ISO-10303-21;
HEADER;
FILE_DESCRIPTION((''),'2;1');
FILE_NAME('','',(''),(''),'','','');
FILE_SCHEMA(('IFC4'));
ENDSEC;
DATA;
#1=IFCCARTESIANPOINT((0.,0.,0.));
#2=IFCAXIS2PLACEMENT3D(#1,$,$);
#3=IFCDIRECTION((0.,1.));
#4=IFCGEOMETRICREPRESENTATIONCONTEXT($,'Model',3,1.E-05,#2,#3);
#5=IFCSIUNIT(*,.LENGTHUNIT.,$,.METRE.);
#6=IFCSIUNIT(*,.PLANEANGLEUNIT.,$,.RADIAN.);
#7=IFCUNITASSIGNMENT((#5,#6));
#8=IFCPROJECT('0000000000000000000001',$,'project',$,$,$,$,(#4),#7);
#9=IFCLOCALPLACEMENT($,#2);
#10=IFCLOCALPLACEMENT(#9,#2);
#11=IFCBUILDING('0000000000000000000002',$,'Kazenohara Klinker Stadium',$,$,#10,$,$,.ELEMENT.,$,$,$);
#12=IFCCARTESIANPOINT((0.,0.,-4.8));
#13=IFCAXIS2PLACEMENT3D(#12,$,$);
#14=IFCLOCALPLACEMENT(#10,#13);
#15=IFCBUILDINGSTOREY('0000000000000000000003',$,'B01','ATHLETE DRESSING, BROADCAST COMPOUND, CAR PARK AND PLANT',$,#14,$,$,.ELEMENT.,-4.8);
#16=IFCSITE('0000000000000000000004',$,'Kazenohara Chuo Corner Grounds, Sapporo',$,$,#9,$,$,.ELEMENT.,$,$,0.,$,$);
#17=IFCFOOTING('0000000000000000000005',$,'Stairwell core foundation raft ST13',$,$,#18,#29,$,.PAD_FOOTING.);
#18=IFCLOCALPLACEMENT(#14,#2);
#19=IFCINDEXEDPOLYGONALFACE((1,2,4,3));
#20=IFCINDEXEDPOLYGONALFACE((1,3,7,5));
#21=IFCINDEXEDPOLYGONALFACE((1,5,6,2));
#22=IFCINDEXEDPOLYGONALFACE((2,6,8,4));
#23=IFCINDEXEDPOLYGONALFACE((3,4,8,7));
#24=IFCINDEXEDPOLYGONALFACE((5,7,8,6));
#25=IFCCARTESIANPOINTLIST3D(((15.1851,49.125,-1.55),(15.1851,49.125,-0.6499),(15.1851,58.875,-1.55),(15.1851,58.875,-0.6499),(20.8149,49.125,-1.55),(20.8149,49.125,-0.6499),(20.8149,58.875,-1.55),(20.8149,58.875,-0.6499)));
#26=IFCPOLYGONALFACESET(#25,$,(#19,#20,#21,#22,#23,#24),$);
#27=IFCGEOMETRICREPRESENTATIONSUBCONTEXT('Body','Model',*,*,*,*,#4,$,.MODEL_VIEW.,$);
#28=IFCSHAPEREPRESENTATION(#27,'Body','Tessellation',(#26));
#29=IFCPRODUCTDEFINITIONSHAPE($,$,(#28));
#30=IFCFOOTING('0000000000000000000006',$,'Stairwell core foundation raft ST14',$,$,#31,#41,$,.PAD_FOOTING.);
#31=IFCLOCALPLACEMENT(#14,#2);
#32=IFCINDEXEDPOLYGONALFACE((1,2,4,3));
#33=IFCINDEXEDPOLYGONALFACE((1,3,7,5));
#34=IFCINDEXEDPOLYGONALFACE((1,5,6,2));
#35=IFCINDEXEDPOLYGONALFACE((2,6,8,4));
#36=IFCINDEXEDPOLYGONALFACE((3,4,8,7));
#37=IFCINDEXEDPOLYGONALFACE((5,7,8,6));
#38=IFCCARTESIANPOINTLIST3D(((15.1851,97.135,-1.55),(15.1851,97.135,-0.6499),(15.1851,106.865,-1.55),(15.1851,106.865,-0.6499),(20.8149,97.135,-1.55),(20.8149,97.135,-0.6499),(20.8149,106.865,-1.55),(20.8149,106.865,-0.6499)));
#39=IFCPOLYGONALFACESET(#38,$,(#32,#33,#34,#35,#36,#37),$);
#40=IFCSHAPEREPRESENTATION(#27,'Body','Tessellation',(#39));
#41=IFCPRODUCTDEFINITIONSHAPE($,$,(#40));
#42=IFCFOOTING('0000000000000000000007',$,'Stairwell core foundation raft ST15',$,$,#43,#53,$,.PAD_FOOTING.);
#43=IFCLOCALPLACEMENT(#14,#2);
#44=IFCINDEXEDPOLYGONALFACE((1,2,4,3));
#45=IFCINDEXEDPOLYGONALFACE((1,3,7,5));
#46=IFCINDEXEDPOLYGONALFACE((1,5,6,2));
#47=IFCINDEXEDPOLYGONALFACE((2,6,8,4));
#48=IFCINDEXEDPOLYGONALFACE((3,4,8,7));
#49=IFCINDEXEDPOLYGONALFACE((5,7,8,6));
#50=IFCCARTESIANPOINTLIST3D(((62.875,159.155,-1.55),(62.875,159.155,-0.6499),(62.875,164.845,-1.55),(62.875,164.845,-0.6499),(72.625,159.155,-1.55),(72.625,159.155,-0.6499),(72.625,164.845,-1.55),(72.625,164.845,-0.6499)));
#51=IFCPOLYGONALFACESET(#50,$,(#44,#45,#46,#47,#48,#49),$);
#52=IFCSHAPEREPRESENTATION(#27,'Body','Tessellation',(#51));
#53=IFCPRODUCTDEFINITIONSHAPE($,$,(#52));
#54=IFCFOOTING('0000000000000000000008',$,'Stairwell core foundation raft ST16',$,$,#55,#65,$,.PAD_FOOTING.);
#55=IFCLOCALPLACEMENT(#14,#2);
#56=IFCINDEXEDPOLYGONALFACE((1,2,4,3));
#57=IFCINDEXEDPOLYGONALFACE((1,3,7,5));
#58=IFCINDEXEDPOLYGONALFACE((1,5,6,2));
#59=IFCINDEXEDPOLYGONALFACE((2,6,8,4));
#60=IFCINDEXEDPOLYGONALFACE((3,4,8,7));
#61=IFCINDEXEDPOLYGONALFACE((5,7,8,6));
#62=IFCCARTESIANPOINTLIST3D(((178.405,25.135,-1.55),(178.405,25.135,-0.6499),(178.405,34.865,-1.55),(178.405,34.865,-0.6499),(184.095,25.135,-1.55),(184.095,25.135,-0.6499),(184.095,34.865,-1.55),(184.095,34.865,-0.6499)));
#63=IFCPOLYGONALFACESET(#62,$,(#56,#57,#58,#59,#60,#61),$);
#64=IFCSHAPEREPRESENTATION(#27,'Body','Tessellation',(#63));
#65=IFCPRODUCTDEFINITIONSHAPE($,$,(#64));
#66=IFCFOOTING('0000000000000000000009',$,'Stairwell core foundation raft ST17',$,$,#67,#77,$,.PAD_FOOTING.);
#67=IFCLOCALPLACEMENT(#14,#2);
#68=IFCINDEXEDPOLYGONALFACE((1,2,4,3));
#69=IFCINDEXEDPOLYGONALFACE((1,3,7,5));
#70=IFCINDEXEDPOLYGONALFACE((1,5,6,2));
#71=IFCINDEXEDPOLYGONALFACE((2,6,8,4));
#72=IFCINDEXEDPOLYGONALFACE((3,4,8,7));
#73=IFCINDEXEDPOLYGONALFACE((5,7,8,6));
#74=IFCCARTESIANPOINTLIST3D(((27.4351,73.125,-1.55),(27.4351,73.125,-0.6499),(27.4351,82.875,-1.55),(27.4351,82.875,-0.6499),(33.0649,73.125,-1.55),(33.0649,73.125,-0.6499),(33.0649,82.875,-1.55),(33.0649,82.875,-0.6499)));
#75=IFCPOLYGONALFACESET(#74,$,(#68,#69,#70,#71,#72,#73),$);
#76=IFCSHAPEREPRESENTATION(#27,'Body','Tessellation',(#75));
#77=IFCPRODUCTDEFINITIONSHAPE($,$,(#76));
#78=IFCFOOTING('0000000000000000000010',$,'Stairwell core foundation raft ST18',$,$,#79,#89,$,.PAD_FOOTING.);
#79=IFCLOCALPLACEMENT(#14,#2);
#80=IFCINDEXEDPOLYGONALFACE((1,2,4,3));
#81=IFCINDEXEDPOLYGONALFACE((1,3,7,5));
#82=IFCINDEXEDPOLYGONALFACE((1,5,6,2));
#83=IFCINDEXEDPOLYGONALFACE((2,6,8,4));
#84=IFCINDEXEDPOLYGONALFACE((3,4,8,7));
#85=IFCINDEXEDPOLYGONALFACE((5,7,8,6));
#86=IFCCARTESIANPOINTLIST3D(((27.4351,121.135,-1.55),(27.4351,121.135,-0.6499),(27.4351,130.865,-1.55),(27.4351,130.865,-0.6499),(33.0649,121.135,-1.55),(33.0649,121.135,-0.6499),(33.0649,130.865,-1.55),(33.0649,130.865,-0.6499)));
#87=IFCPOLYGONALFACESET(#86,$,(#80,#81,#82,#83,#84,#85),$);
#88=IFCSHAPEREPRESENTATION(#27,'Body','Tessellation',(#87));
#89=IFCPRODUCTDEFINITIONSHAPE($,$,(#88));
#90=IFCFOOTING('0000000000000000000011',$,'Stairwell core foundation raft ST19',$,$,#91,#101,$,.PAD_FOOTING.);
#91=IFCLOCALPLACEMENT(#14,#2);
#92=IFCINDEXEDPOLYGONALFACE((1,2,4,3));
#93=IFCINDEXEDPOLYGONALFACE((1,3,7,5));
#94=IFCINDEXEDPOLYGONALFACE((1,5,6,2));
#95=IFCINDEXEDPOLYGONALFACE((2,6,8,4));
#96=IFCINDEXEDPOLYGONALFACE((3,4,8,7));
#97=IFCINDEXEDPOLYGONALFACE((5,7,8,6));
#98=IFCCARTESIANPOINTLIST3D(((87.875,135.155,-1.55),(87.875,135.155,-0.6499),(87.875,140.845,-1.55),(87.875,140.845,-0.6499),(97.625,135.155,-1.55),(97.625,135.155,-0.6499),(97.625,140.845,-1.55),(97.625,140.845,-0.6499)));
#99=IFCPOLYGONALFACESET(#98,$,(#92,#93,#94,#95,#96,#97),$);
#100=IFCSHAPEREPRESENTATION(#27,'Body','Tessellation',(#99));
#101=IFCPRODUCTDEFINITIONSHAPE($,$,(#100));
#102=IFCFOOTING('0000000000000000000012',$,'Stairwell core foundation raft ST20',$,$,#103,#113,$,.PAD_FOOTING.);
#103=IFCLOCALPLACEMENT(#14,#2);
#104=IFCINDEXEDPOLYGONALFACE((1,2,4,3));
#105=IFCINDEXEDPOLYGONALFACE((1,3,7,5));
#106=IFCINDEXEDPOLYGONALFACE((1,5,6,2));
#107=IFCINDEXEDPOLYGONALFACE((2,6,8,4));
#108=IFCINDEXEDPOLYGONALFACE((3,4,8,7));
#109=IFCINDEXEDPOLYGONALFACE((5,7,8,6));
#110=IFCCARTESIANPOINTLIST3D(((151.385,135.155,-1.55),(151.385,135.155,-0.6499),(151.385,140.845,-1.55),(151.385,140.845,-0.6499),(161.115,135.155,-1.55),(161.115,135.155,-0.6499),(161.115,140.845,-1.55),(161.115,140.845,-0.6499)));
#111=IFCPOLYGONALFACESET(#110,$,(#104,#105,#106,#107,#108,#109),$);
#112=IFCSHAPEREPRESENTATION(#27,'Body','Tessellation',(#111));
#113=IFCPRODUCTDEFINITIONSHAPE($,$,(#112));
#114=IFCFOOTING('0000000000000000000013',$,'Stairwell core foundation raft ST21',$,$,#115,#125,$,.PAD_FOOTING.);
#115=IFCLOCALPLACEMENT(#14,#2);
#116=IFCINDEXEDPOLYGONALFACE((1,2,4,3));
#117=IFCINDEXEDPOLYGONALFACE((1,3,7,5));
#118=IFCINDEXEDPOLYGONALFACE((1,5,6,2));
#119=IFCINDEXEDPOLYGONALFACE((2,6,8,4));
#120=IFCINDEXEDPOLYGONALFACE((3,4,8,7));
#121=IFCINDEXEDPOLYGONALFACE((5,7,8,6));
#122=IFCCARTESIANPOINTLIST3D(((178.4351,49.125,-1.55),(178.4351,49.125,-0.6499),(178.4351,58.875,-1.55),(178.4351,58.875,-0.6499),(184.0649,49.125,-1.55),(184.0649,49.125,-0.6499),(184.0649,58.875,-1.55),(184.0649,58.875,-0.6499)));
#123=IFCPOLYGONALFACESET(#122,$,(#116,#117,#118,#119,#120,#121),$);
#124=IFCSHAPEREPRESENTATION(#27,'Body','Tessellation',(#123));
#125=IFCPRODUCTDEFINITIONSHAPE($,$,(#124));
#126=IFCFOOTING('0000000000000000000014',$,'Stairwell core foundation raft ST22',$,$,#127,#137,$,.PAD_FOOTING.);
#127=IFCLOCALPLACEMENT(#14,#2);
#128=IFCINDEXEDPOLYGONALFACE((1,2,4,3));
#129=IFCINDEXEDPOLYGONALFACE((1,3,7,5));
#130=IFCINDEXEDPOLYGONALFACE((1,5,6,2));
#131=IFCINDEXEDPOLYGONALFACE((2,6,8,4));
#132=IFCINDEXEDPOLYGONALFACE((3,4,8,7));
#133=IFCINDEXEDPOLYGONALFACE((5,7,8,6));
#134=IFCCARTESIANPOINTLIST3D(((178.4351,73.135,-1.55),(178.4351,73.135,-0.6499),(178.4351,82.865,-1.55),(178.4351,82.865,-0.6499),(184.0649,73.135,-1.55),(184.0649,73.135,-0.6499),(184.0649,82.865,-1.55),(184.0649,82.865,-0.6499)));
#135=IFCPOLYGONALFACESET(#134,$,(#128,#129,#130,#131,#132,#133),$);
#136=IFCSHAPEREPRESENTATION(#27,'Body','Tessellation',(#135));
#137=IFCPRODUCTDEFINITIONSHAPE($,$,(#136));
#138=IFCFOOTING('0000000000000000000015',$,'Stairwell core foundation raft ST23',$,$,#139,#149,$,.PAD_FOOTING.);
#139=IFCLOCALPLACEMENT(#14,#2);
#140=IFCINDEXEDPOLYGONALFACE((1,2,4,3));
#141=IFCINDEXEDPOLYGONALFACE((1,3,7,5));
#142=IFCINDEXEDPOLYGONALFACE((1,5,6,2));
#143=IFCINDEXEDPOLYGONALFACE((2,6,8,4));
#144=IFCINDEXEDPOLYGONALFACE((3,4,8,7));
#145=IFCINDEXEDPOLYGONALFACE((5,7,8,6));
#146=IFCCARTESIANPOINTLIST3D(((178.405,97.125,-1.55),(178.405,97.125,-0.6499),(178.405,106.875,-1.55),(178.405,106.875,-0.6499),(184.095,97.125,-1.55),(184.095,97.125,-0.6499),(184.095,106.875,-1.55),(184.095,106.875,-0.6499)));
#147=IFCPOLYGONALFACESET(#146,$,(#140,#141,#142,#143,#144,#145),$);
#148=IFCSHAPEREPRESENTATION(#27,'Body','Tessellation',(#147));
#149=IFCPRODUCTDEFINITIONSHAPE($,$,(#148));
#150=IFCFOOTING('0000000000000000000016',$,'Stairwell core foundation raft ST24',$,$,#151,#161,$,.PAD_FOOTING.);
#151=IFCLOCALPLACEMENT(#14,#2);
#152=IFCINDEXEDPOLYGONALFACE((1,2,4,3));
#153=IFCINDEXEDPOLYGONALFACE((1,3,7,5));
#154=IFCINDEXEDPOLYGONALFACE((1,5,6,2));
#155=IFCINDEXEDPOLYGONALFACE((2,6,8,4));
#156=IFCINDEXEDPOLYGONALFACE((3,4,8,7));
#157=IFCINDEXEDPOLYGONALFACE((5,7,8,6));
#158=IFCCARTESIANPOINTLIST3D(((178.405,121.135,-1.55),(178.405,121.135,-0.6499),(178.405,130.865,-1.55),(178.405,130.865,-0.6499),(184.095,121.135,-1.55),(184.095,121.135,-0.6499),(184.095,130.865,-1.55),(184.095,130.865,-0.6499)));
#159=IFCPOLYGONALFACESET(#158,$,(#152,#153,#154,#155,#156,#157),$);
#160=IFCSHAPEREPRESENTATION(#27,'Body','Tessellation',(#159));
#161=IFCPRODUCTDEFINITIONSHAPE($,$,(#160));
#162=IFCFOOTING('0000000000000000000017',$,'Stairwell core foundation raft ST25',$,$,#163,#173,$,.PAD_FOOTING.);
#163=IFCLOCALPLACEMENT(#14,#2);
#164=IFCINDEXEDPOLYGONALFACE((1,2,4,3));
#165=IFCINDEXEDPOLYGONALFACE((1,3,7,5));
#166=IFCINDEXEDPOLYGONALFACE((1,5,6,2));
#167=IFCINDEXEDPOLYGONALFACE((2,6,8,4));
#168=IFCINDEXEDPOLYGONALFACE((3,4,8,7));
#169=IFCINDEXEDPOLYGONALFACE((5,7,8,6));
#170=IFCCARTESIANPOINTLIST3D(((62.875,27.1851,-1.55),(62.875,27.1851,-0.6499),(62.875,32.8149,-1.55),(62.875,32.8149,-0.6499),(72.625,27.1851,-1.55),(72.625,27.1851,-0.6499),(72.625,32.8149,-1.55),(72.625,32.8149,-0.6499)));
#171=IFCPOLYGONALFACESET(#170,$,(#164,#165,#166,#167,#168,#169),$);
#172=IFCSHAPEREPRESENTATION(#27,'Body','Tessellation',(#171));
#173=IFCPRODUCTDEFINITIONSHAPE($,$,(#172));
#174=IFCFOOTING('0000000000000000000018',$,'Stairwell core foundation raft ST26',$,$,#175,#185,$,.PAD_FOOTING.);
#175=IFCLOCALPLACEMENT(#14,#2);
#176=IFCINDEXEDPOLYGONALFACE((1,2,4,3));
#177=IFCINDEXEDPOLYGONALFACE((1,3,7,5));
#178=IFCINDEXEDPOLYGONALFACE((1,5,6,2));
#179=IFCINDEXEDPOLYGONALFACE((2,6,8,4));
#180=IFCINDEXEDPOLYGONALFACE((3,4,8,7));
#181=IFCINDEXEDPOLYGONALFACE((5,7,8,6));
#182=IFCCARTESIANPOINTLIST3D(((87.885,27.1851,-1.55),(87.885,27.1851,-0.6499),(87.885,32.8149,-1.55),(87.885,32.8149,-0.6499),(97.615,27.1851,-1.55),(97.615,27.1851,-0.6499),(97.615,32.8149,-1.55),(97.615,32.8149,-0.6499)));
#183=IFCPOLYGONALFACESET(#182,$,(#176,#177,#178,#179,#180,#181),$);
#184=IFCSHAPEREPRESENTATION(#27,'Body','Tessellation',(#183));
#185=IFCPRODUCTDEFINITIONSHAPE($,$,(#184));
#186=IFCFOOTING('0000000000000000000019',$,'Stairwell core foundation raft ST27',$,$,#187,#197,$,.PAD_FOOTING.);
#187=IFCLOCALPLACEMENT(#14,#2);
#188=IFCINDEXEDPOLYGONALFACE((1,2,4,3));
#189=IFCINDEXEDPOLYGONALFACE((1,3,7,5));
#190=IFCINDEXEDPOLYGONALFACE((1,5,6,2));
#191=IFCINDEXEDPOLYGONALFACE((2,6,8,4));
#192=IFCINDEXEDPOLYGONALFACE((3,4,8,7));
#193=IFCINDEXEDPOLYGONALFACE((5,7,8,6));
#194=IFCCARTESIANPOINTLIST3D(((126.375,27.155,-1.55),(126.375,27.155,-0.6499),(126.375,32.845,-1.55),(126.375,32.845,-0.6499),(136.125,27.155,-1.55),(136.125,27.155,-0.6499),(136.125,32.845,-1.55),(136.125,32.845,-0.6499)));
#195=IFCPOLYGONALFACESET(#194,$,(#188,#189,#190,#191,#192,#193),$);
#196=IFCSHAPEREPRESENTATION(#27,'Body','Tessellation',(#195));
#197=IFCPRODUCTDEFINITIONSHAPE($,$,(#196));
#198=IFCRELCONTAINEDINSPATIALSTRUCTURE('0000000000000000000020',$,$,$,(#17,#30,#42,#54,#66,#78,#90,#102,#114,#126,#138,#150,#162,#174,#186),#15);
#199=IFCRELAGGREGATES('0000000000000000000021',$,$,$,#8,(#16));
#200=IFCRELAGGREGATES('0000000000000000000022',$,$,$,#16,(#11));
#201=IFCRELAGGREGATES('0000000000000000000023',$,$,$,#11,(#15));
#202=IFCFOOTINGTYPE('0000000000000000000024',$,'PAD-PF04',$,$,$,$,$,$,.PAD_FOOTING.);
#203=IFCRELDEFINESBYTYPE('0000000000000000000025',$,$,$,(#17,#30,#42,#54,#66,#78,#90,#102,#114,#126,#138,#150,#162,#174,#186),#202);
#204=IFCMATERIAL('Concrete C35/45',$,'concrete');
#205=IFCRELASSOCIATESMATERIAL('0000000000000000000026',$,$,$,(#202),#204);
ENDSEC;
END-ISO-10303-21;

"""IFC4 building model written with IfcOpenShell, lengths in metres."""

from ifc_helpers import new_model, si_unit, direction, frame, origin, place, context, subcontext, project, spatial, polyline, outline, extrude, material, type_object, element, save


model = new_model("IFC4")

# Units and contexts
model_context = context("Model", 3, precision=1e-05, world=origin(), true_north=direction((0.0, 1.0)))
body_context = subcontext(model_context, "Body", "Model", "MODEL_VIEW")
ifc_project = project(units=[si_unit("LENGTHUNIT", "METRE"), si_unit("PLANEANGLEUNIT", "RADIAN")], contexts=[model_context])

# Site, building, storey
site_placement = place(None, origin())
site = spatial("IfcSite", under=ifc_project, at=site_placement, Name="Kazenohara Chuo Corner Grounds, Sapporo", CompositionType="ELEMENT", RefElevation=0.0)
building_placement = place(site_placement, origin())
building = spatial("IfcBuilding", under=site, at=building_placement, Name="Kazenohara Klinker Stadium", CompositionType="ELEMENT")
storey_placement = place(building_placement, frame((0.0, 0.0, -4.8)))
storey = spatial("IfcBuildingStorey", under=building, at=storey_placement, Name="B01", Description="ATHLETE DRESSING, BROADCAST COMPOUND, CAR PARK AND PLANT", CompositionType="ELEMENT", Elevation=-4.8)

# Footings
ifc_material_1 = material(Name="Concrete C35/45", Category="concrete")
footing_type_1 = type_object("IfcFootingType", Name="PAD-PF04", PredefinedType="PAD_FOOTING", material=ifc_material_1)
footing_1_placement = place(storey_placement, frame((0.0, 0.0, -1.55)))
element("IfcFooting", 1, at=footing_1_placement, inside=storey, type_object=footing_type_1, Name="Stairwell core foundation raft ST13", PredefinedType="PAD_FOOTING", context=body_context, shape_type="SweptSolid", body=[
    extrude(outline(polyline([(15.1851, 49.125), (20.8149, 49.125), (20.8149, 58.875), (15.1851, 58.875), (15.1851, 49.125)])), origin(), (0.0, 0.0, 1.0), 0.9001),
])
footing_2_placement = place(storey_placement, frame((0.0, 0.0, -1.55)))
element("IfcFooting", 2, at=footing_2_placement, inside=storey, type_object=footing_type_1, Name="Stairwell core foundation raft ST14", PredefinedType="PAD_FOOTING", context=body_context, shape_type="SweptSolid", body=[
    extrude(outline(polyline([(15.1851, 97.135), (20.8149, 97.135), (20.8149, 106.865), (15.1851, 106.865), (15.1851, 97.135)])), origin(), (0.0, 0.0, 1.0), 0.9001),
])
footing_3_placement = place(storey_placement, frame((0.0, 0.0, -1.55)))
element("IfcFooting", 3, at=footing_3_placement, inside=storey, type_object=footing_type_1, Name="Stairwell core foundation raft ST15", PredefinedType="PAD_FOOTING", context=body_context, shape_type="SweptSolid", body=[
    extrude(outline(polyline([(62.875, 159.155), (72.625, 159.155), (72.625, 164.845), (62.875, 164.845), (62.875, 159.155)])), origin(), (0.0, 0.0, 1.0), 0.9001),
])
footing_4_placement = place(storey_placement, frame((0.0, 0.0, -1.55)))
element("IfcFooting", 4, at=footing_4_placement, inside=storey, type_object=footing_type_1, Name="Stairwell core foundation raft ST16", PredefinedType="PAD_FOOTING", context=body_context, shape_type="SweptSolid", body=[
    extrude(outline(polyline([(178.405, 25.135), (184.095, 25.135), (184.095, 34.865), (178.405, 34.865), (178.405, 25.135)])), origin(), (0.0, 0.0, 1.0), 0.9001),
])
footing_5_placement = place(storey_placement, frame((0.0, 0.0, -1.55)))
element("IfcFooting", 5, at=footing_5_placement, inside=storey, type_object=footing_type_1, Name="Stairwell core foundation raft ST17", PredefinedType="PAD_FOOTING", context=body_context, shape_type="SweptSolid", body=[
    extrude(outline(polyline([(27.4351, 73.125), (33.0649, 73.125), (33.0649, 82.875), (27.4351, 82.875), (27.4351, 73.125)])), origin(), (0.0, 0.0, 1.0), 0.9001),
])
footing_6_placement = place(storey_placement, frame((0.0, 0.0, -1.55)))
element("IfcFooting", 6, at=footing_6_placement, inside=storey, type_object=footing_type_1, Name="Stairwell core foundation raft ST18", PredefinedType="PAD_FOOTING", context=body_context, shape_type="SweptSolid", body=[
    extrude(outline(polyline([(27.4351, 121.135), (33.0649, 121.135), (33.0649, 130.865), (27.4351, 130.865), (27.4351, 121.135)])), origin(), (0.0, 0.0, 1.0), 0.9001),
])
footing_7_placement = place(storey_placement, frame((0.0, 0.0, -1.55)))
element("IfcFooting", 7, at=footing_7_placement, inside=storey, type_object=footing_type_1, Name="Stairwell core foundation raft ST19", PredefinedType="PAD_FOOTING", context=body_context, shape_type="SweptSolid", body=[
    extrude(outline(polyline([(87.875, 135.155), (97.625, 135.155), (97.625, 140.845), (87.875, 140.845), (87.875, 135.155)])), origin(), (0.0, 0.0, 1.0), 0.9001),
])
footing_8_placement = place(storey_placement, frame((0.0, 0.0, -1.55)))
element("IfcFooting", 8, at=footing_8_placement, inside=storey, type_object=footing_type_1, Name="Stairwell core foundation raft ST20", PredefinedType="PAD_FOOTING", context=body_context, shape_type="SweptSolid", body=[
    extrude(outline(polyline([(151.385, 135.155), (161.115, 135.155), (161.115, 140.845), (151.385, 140.845), (151.385, 135.155)])), origin(), (0.0, 0.0, 1.0), 0.9001),
])
footing_9_placement = place(storey_placement, frame((0.0, 0.0, -1.55)))
element("IfcFooting", 9, at=footing_9_placement, inside=storey, type_object=footing_type_1, Name="Stairwell core foundation raft ST21", PredefinedType="PAD_FOOTING", context=body_context, shape_type="SweptSolid", body=[
    extrude(outline(polyline([(178.4351, 49.125), (184.0649, 49.125), (184.0649, 58.875), (178.4351, 58.875), (178.4351, 49.125)])), origin(), (0.0, 0.0, 1.0), 0.9001),
])
footing_10_placement = place(storey_placement, frame((0.0, 0.0, -1.55)))
element("IfcFooting", 10, at=footing_10_placement, inside=storey, type_object=footing_type_1, Name="Stairwell core foundation raft ST22", PredefinedType="PAD_FOOTING", context=body_context, shape_type="SweptSolid", body=[
    extrude(outline(polyline([(178.4351, 73.135), (184.0649, 73.135), (184.0649, 82.865), (178.4351, 82.865), (178.4351, 73.135)])), origin(), (0.0, 0.0, 1.0), 0.9001),
])
footing_11_placement = place(storey_placement, frame((0.0, 0.0, -1.55)))
element("IfcFooting", 11, at=footing_11_placement, inside=storey, type_object=footing_type_1, Name="Stairwell core foundation raft ST23", PredefinedType="PAD_FOOTING", context=body_context, shape_type="SweptSolid", body=[
    extrude(outline(polyline([(178.405, 97.125), (184.095, 97.125), (184.095, 106.875), (178.405, 106.875), (178.405, 97.125)])), origin(), (0.0, 0.0, 1.0), 0.9001),
])
footing_12_placement = place(storey_placement, frame((0.0, 0.0, -1.55)))
element("IfcFooting", 12, at=footing_12_placement, inside=storey, type_object=footing_type_1, Name="Stairwell core foundation raft ST24", PredefinedType="PAD_FOOTING", context=body_context, shape_type="SweptSolid", body=[
    extrude(outline(polyline([(178.405, 121.135), (184.095, 121.135), (184.095, 130.865), (178.405, 130.865), (178.405, 121.135)])), origin(), (0.0, 0.0, 1.0), 0.9001),
])
footing_13_placement = place(storey_placement, frame((0.0, 0.0, -1.55)))
element("IfcFooting", 13, at=footing_13_placement, inside=storey, type_object=footing_type_1, Name="Stairwell core foundation raft ST25", PredefinedType="PAD_FOOTING", context=body_context, shape_type="SweptSolid", body=[
    extrude(outline(polyline([(62.875, 27.1851), (72.625, 27.1851), (72.625, 32.8149), (62.875, 32.8149), (62.875, 27.1851)])), origin(), (0.0, 0.0, 1.0), 0.9001),
])
footing_14_placement = place(storey_placement, frame((0.0, 0.0, -1.55)))
element("IfcFooting", 14, at=footing_14_placement, inside=storey, type_object=footing_type_1, Name="Stairwell core foundation raft ST26", PredefinedType="PAD_FOOTING", context=body_context, shape_type="SweptSolid", body=[
    extrude(outline(polyline([(87.885, 27.1851), (97.615, 27.1851), (97.615, 32.8149), (87.885, 32.8149), (87.885, 27.1851)])), origin(), (0.0, 0.0, 1.0), 0.9001),
])
footing_15_placement = place(storey_placement, frame((0.0, 0.0, -1.55)))
element("IfcFooting", 15, at=footing_15_placement, inside=storey, type_object=footing_type_1, Name="Stairwell core foundation raft ST27", PredefinedType="PAD_FOOTING", context=body_context, shape_type="SweptSolid", body=[
    extrude(outline(polyline([(126.375, 27.155), (136.125, 27.155), (136.125, 32.845), (126.375, 32.845), (126.375, 27.155)])), origin(), (0.0, 0.0, 1.0), 0.9001),
])

save(model, "model.ifc")
